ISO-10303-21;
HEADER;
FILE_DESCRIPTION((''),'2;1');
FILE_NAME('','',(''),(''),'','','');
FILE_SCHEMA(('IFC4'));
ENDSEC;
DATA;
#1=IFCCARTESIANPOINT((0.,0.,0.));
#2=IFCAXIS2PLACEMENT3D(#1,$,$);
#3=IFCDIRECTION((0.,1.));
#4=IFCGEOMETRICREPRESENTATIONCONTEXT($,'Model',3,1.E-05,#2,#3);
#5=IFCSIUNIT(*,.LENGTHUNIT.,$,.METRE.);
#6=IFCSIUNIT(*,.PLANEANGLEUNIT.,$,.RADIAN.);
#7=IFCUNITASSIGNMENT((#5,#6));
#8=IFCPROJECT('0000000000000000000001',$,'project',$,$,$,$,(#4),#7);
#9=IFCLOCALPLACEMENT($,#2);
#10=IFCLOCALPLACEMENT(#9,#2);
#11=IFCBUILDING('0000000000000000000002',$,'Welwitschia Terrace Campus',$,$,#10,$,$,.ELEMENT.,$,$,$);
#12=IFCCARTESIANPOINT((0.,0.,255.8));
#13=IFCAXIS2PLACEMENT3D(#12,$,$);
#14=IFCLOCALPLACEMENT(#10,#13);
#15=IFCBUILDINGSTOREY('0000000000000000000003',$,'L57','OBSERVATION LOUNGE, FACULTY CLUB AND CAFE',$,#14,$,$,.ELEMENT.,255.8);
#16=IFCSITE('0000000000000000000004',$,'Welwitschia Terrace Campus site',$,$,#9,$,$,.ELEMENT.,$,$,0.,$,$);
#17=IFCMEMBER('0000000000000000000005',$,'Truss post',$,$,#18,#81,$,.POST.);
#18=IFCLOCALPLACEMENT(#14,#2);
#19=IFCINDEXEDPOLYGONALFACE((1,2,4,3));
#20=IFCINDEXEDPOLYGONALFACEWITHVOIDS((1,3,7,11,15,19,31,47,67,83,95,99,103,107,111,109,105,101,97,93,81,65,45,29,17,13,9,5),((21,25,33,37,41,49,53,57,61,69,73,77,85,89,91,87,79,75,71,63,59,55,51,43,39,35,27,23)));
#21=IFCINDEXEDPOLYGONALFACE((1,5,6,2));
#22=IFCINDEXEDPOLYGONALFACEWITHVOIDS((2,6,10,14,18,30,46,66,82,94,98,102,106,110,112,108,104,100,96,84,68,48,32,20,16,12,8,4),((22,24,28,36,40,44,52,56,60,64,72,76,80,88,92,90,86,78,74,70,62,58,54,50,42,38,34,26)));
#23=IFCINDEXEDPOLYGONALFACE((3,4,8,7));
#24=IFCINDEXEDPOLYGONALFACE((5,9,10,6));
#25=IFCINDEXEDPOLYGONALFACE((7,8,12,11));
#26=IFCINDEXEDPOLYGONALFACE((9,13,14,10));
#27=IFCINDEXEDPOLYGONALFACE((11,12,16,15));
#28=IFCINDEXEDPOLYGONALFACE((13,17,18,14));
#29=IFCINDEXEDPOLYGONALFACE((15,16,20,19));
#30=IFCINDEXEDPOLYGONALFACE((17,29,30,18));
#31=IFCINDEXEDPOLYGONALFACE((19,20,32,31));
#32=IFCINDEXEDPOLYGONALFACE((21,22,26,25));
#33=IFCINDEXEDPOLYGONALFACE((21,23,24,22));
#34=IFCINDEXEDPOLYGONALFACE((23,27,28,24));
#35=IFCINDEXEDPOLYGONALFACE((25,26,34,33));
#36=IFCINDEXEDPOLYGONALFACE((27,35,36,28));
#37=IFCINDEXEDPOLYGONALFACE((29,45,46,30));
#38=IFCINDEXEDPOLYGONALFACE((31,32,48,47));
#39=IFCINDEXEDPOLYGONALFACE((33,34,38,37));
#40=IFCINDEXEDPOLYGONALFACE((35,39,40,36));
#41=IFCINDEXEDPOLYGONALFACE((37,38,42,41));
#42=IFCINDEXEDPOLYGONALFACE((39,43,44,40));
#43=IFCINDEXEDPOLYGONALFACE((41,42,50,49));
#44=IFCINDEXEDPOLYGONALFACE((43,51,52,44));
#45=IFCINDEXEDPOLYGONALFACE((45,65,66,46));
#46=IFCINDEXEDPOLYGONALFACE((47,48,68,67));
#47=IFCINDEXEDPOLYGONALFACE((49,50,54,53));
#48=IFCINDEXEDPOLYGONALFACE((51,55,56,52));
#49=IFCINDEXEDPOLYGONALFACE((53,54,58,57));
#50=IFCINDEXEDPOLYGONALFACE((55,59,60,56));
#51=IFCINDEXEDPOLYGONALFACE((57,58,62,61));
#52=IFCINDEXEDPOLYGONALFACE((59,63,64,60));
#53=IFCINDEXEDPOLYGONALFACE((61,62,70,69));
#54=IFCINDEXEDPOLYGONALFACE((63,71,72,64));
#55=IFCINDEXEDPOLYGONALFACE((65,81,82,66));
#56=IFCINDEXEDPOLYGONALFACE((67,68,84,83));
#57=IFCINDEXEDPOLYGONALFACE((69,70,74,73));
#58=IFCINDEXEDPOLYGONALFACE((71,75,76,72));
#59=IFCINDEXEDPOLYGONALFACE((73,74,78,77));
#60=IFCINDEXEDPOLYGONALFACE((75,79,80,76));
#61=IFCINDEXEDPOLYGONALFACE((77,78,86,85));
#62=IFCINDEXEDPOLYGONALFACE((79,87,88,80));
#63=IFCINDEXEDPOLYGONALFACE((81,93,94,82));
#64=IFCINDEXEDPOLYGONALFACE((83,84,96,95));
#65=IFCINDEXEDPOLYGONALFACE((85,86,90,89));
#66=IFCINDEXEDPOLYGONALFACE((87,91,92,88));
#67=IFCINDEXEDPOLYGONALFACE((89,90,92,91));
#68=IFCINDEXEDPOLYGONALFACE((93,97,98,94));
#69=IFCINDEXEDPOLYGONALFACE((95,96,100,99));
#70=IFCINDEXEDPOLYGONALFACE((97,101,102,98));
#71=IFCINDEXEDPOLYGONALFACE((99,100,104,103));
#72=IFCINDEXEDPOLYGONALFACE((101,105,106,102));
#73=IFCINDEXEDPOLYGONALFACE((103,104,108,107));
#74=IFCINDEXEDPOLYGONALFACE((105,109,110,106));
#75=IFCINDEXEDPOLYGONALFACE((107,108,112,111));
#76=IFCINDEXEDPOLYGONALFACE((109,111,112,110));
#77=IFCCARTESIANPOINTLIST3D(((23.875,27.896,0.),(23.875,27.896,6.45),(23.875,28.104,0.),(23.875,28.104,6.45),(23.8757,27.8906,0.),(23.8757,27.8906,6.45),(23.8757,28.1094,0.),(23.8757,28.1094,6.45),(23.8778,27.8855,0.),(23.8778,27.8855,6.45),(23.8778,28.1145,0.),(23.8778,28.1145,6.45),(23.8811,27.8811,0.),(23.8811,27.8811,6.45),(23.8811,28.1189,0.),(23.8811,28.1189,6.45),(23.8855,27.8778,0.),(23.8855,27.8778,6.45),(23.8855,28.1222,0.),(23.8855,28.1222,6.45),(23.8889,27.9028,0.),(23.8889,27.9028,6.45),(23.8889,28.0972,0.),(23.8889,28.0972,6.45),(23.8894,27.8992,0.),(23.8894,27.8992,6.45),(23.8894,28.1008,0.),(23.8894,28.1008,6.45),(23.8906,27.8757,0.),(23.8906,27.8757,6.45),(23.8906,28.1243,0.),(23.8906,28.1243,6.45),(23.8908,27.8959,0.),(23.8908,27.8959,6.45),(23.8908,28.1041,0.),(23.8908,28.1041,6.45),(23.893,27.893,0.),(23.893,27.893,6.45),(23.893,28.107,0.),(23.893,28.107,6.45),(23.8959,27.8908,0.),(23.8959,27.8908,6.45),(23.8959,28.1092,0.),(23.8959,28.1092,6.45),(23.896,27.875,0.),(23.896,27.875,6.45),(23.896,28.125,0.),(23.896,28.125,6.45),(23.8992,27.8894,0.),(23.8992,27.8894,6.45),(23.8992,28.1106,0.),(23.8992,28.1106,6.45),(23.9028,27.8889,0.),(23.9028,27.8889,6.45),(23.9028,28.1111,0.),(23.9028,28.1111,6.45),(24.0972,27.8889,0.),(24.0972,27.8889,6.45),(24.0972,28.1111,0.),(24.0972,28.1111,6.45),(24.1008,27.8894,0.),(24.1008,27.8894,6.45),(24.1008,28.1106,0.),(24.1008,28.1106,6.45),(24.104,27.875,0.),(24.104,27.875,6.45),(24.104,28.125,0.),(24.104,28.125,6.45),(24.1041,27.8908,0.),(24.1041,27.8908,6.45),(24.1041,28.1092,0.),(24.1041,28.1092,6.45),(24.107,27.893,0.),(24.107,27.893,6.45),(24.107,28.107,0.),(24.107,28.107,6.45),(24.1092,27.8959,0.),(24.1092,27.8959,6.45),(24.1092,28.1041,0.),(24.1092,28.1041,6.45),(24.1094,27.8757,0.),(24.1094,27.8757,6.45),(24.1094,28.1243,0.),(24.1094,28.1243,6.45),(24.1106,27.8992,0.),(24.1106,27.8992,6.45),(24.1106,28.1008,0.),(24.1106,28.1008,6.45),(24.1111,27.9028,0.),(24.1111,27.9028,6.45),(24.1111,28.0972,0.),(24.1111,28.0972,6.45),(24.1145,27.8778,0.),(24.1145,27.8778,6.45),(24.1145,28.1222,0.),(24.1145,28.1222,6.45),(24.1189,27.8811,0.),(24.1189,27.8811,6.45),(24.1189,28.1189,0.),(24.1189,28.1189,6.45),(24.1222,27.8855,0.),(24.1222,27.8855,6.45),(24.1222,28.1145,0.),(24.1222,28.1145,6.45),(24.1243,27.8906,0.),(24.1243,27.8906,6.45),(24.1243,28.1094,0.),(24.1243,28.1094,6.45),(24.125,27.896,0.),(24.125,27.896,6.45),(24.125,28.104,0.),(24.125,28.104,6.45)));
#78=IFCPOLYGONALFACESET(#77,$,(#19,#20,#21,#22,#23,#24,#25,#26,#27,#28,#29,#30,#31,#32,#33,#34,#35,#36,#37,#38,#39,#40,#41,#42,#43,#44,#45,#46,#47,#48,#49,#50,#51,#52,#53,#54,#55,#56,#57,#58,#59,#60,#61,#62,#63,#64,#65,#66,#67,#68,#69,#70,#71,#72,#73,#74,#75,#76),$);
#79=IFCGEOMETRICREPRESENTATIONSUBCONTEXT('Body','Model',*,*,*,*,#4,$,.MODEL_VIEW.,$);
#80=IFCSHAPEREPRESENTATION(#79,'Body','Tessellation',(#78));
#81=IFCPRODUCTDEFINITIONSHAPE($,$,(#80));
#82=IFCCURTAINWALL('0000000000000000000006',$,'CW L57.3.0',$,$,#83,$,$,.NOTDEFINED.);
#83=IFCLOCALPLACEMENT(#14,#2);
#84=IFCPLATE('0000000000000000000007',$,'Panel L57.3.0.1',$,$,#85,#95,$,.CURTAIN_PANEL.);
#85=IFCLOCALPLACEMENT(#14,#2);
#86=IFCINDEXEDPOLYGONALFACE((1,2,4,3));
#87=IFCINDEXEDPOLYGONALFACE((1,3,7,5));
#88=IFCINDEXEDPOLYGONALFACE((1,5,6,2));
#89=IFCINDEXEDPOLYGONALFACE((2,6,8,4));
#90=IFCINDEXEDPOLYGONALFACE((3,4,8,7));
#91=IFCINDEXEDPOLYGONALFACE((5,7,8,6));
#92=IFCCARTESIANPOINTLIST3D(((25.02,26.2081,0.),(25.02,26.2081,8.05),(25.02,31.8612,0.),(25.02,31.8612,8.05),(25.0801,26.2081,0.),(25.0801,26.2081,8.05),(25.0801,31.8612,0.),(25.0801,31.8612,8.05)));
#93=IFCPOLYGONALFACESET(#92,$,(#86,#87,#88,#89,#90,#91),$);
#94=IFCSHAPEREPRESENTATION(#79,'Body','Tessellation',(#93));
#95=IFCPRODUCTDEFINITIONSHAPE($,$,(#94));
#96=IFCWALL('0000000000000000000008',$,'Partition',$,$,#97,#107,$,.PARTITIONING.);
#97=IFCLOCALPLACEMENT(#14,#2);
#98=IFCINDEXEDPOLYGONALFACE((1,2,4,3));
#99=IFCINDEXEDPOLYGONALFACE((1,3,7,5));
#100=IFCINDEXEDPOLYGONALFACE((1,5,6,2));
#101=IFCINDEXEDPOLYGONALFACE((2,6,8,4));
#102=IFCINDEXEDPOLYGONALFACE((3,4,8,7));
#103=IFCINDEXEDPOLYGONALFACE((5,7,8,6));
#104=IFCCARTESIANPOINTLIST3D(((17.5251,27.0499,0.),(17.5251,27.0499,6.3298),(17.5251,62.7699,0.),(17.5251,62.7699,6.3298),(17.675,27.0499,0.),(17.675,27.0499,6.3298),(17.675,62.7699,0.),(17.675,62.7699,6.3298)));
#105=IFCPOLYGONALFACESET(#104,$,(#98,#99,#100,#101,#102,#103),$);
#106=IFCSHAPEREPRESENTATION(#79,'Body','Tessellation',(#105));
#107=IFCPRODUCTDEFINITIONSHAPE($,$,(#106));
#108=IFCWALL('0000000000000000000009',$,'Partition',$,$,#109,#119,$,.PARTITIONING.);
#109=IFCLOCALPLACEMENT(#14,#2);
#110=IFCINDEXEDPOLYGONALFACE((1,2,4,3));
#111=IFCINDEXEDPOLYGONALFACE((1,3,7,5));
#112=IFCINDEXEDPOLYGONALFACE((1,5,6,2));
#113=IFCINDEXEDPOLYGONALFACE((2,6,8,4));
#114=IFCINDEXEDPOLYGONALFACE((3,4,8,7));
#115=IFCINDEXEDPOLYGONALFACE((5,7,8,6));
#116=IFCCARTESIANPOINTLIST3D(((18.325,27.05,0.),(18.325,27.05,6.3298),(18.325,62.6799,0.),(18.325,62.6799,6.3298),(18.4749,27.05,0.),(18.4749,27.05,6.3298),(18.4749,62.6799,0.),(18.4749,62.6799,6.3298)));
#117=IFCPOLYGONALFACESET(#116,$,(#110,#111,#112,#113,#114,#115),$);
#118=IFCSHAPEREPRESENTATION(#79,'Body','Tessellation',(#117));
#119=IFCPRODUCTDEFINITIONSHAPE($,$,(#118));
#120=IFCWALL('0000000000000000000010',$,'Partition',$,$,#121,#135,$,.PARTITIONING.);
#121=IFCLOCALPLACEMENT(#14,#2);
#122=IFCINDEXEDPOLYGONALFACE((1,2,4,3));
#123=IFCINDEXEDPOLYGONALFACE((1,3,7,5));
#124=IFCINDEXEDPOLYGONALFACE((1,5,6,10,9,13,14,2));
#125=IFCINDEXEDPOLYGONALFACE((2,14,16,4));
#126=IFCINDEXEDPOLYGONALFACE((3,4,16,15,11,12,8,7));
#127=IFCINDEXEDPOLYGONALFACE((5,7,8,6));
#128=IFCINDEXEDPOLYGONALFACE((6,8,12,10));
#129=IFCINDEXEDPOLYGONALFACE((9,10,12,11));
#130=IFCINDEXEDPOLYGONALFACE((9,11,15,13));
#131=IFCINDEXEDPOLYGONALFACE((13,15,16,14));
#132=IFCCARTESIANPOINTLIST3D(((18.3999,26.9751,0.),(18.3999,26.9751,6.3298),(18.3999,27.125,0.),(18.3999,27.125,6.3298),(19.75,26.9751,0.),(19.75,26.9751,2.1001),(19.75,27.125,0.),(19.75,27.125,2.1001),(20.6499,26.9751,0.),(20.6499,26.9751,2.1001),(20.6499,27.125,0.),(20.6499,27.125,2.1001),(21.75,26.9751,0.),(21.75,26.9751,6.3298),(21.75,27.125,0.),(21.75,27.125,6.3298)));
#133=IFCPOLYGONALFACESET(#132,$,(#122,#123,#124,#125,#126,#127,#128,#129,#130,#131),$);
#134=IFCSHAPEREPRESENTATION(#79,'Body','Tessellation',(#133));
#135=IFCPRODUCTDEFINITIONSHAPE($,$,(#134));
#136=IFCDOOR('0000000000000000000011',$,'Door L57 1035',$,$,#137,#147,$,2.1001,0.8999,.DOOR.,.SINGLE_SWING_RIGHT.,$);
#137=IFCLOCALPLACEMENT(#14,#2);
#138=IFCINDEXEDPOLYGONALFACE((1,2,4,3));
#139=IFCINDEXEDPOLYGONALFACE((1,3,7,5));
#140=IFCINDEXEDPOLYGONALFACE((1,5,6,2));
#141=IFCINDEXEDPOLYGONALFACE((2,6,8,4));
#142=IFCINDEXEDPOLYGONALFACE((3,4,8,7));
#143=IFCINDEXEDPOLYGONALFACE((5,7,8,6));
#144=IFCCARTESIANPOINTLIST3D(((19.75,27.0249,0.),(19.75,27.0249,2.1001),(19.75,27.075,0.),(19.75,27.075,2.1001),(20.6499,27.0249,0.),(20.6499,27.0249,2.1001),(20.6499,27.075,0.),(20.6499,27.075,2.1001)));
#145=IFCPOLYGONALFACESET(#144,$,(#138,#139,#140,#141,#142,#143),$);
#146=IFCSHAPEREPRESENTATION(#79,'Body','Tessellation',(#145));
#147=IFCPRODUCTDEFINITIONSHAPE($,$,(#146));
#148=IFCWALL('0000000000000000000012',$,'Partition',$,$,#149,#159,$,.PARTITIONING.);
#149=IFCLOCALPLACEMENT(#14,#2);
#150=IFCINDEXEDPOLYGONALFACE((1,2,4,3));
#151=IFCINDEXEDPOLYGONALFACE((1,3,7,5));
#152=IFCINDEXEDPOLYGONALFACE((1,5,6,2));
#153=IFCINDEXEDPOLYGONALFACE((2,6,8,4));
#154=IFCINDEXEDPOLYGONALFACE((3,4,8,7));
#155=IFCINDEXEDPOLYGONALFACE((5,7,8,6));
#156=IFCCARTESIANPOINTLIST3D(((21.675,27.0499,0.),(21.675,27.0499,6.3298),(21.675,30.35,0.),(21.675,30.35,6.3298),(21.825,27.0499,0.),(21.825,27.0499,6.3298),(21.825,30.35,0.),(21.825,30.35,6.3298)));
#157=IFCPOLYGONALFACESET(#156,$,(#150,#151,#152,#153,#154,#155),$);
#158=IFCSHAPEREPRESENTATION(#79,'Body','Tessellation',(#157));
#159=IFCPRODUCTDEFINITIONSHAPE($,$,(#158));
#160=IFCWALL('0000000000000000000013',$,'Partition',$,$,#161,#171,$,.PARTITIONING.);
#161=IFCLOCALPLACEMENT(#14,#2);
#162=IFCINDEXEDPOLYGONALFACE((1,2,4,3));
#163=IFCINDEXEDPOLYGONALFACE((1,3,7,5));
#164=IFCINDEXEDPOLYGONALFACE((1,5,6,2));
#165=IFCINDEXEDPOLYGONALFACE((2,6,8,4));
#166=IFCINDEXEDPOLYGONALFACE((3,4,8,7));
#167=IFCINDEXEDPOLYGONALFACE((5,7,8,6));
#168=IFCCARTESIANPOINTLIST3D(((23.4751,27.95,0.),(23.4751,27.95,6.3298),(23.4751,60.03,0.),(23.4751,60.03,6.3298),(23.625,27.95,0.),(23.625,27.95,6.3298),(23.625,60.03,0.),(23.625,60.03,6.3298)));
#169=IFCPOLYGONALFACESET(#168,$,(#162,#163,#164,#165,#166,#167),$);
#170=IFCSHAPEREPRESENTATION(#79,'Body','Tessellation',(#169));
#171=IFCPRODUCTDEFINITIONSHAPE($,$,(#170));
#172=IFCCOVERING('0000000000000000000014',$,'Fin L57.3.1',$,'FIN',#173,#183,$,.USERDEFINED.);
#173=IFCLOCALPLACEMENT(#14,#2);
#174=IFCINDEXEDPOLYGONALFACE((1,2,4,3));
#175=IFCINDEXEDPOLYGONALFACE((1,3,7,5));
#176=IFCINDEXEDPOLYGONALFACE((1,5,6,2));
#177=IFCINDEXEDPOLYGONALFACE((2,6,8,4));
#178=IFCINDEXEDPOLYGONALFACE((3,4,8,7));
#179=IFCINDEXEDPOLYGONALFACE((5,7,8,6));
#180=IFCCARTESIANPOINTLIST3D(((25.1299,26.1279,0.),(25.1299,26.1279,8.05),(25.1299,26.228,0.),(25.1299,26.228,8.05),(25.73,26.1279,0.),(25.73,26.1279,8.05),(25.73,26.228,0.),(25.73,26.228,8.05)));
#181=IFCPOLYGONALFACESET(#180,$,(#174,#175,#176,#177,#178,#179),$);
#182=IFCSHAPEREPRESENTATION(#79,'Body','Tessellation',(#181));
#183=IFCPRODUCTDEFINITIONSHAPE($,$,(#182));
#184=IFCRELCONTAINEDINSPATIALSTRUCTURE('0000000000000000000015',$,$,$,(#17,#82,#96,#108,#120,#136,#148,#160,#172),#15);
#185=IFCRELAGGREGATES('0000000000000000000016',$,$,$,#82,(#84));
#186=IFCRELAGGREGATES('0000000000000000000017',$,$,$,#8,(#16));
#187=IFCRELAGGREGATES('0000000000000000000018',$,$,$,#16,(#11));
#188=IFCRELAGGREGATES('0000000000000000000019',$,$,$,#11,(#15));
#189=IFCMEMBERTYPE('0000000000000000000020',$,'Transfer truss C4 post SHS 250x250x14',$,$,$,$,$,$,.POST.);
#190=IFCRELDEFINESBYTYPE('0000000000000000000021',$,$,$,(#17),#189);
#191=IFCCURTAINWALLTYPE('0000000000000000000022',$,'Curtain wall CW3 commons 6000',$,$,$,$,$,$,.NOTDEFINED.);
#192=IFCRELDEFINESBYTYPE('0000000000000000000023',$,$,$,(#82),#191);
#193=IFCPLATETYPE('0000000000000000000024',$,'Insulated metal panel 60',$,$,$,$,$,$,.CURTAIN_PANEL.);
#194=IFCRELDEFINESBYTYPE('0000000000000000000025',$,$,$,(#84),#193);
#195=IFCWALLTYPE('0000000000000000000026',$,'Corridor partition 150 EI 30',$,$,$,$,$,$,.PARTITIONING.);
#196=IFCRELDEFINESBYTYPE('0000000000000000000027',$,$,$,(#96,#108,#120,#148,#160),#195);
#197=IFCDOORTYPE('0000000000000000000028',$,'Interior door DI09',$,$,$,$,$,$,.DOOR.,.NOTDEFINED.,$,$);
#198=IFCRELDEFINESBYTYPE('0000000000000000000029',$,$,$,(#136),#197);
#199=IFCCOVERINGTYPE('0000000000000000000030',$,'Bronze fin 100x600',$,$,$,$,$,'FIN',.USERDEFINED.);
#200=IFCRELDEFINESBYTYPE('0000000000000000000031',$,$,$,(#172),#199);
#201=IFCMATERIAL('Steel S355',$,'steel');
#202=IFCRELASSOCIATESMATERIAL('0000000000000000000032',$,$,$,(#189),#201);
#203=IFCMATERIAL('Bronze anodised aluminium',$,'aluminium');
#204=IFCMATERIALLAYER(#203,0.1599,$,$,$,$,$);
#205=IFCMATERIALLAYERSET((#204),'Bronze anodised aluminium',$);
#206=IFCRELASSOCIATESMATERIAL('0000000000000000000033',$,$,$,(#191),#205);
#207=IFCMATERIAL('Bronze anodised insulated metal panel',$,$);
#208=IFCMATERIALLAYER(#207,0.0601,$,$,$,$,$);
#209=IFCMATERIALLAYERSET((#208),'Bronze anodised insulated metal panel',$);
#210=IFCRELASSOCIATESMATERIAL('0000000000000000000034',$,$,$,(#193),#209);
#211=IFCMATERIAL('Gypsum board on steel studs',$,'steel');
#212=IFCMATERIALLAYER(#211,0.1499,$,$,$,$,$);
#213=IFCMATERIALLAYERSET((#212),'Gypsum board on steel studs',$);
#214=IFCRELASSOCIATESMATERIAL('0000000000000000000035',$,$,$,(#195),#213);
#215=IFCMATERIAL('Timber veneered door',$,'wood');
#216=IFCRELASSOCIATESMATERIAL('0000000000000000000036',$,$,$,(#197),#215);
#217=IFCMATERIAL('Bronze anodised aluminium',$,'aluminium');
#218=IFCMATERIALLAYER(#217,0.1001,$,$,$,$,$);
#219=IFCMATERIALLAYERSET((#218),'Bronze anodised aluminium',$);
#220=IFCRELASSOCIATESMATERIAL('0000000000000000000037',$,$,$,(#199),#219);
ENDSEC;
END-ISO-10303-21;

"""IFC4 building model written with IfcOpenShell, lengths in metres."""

from ifc_helpers import new_model, si_unit, direction, frame, frame_2d, origin, origin_2d, place, context, subcontext, project, spatial, rectangle, hollow_rectangle, extrude, material, layer, layer_set, material_profile, profile_set, type_object, element, fill, aggregate, save


model = new_model("IFC4")

# Units and contexts
model_context = context("Model", 3, precision=1e-05, world=origin(), true_north=direction((0.0, 1.0)))
body_context = subcontext(model_context, "Body", "Model", "MODEL_VIEW")
ifc_project = project(units=[si_unit("LENGTHUNIT", "METRE"), si_unit("PLANEANGLEUNIT", "RADIAN")], contexts=[model_context])

# Site, building, storey
site_placement = place(None, origin())
site = spatial("IfcSite", under=ifc_project, at=site_placement, Name="Welwitschia Terrace Campus site", CompositionType="ELEMENT", RefElevation=0.0)
building_placement = place(site_placement, origin())
building = spatial("IfcBuilding", under=site, at=building_placement, Name="Welwitschia Terrace Campus", CompositionType="ELEMENT")
storey_placement = place(building_placement, frame((0.0, 0.0, 255.8)))
storey = spatial("IfcBuildingStorey", under=building, at=storey_placement, Name="L57", Description="OBSERVATION LOUNGE, FACULTY CLUB AND CAFE", CompositionType="ELEMENT", Elevation=255.8)

# Member
ifc_material_1 = material(Name="Steel S355", Category="steel")
ifc_material_profile_1 = material_profile(ifc_material_1, hollow_rectangle(XDim=0.25, YDim=0.25, WallThickness=0.0139, InnerFilletRadius=0.0139, OuterFilletRadius=0.021, at=origin_2d()))
ifc_profile_set_1 = profile_set([ifc_material_profile_1], Name="Steel S355")
member_type_1 = type_object("IfcMemberType", Name="Transfer truss C4 post SHS 250x250x14", PredefinedType="POST", material=ifc_profile_set_1)
for number, where, z_axis, x_axis, name in (
    (1, (24.0, 28.0, 0.0), (0.0, 0.0, 1.0), (1.0, 0.0, 0.0), "Truss post"),
):
    element("IfcMember", number, at=place(storey_placement, frame(where, z_axis=z_axis, x_axis=x_axis)), inside=storey, type_object=member_type_1, Name=name, PredefinedType="POST", context=body_context, shape_type="SweptSolid", body=[
        extrude(hollow_rectangle(XDim=0.25, YDim=0.25, WallThickness=0.0139, InnerFilletRadius=0.0139, OuterFilletRadius=0.021, at=origin_2d()), origin(), (0.0, 0.0, 1.0), 6.45),
    ])

# Curtain wall, plate
ifc_material_2 = material(Name="Bronze anodised aluminium", Category="aluminium")
ifc_layer_1 = layer(ifc_material_2, 0.1599)
ifc_layer_set_1 = layer_set([ifc_layer_1], Name="Bronze anodised aluminium")
curtain_wall_type = type_object("IfcCurtainWallType", Name="Curtain wall CW3 commons 6000", PredefinedType="NOTDEFINED", material=ifc_layer_set_1)
curtain_wall_placement = place(storey_placement, origin())
curtain_wall = element("IfcCurtainWall", 2, at=curtain_wall_placement, inside=storey, type_object=curtain_wall_type, Name="CW L57.3.0", PredefinedType="NOTDEFINED")
ifc_material_3 = material(Name="Bronze anodised insulated metal panel")
ifc_layer_2 = layer(ifc_material_3, 0.0601)
ifc_layer_set_2 = layer_set([ifc_layer_2], Name="Bronze anodised insulated metal panel")
plate_type = type_object("IfcPlateType", Name="Insulated metal panel 60", PredefinedType="CURTAIN_PANEL", material=ifc_layer_set_2)
plate_placement = place(storey_placement, frame((25.05, 29.0347, 0.0), z_axis=(0.0, 0.0, 1.0), x_axis=(0.0, 1.0, 0.0)))
plate = element("IfcPlate", 3, at=plate_placement, type_object=plate_type, Name="Panel L57.3.0.1", PredefinedType="CURTAIN_PANEL", context=body_context, shape_type="SweptSolid", body=[
    extrude(rectangle(XDim=5.6531, YDim=0.0601, at=origin_2d()), origin(), (0.0, 0.0, 1.0), 8.05),
])
aggregate(curtain_wall, [plate])

# Walls
ifc_material_4 = material(Name="Gypsum board on steel studs", Category="steel")
ifc_layer_3 = layer(ifc_material_4, 0.1499)
ifc_layer_set_3 = layer_set([ifc_layer_3], Name="Gypsum board on steel studs")
wall_type = type_object("IfcWallType", Name="Corridor partition 150 EI 30", PredefinedType="PARTITIONING", material=ifc_layer_set_3)
wall_1_placement = place(storey_placement, frame((17.6001, 27.05, 0.0), z_axis=(0.0, 0.0, 1.0), x_axis=(0.0, 1.0, 0.0)))
element("IfcWall", 4, at=wall_1_placement, inside=storey, type_object=wall_type, Name="Partition", PredefinedType="PARTITIONING", context=body_context, shape_type="SweptSolid", body=[
    extrude(rectangle(XDim=35.72, YDim=0.1499, at=frame_2d((17.8599, 0.0))), origin(), (0.0, 0.0, 1.0), 6.3298),
])
wall_2_placement = place(storey_placement, frame((18.3999, 27.05, 0.0), z_axis=(0.0, 0.0, 1.0), x_axis=(0.0, 1.0, 0.0)))
element("IfcWall", 5, at=wall_2_placement, inside=storey, type_object=wall_type, Name="Partition", PredefinedType="PARTITIONING", context=body_context, shape_type="SweptSolid", body=[
    extrude(rectangle(XDim=35.6299, YDim=0.1499, at=frame_2d((17.8149, 0.0))), origin(), (0.0, 0.0, 1.0), 6.3298),
])

# Wall, opening, door
wall_3_placement = place(storey_placement, frame((18.3999, 27.05, 0.0), z_axis=(0.0, 0.0, 1.0), x_axis=(1.0, 0.0, 0.0)))
wall_3 = element("IfcWall", 6, at=wall_3_placement, inside=storey, type_object=wall_type, Name="Partition", PredefinedType="PARTITIONING", context=body_context, shape_type="SweptSolid", body=[
    extrude(rectangle(XDim=3.3501, YDim=0.1499, at=frame_2d((1.675, 0.0))), origin(), (0.0, 0.0, 1.0), 6.3298),
])
opening_placement = place(wall_3_placement, frame((1.3501, 0.0, 0.0)))
opening = element("IfcOpeningElement", 7, at=opening_placement, cuts=wall_3, PredefinedType="OPENING", context=body_context, shape_type="SweptSolid", body=[
    extrude(rectangle(XDim=0.8999, YDim=2.1001, at=frame_2d((0.45, 1.05))), frame((0.0, 0.085, 0.0), z_axis=(0.0, -1.0, 0.0), x_axis=(1.0, 0.0, 0.0)), (0.0, 0.0, 1.0), 0.1699),
])
ifc_material_5 = material(Name="Timber veneered door", Category="wood")
door_type = type_object("IfcDoorType", Name="Interior door DI09", OperationType="NOTDEFINED", PredefinedType="DOOR", material=ifc_material_5)
door_placement = place(opening_placement, origin())
door = element("IfcDoor", 8, at=door_placement, inside=storey, type_object=door_type, Name="Door L57 1035", OperationType="SINGLE_SWING_RIGHT", OverallHeight=2.1001, OverallWidth=0.8999, PredefinedType="DOOR", context=body_context, shape_type="SweptSolid", body=[
    extrude(rectangle(XDim=0.8999, YDim=2.1001, at=frame_2d((0.45, 1.05))), frame((0.0, 0.0249, 0.0), z_axis=(0.0, -1.0, 0.0), x_axis=(1.0, 0.0, 0.0)), (0.0, 0.0, 1.0), 0.05),
])
fill(opening, door)

# Walls
wall_4_placement = place(storey_placement, frame((21.75, 27.05, 0.0), z_axis=(0.0, 0.0, 1.0), x_axis=(0.0, 1.0, 0.0)))
element("IfcWall", 9, at=wall_4_placement, inside=storey, type_object=wall_type, Name="Partition", PredefinedType="PARTITIONING", context=body_context, shape_type="SweptSolid", body=[
    extrude(rectangle(XDim=3.3, YDim=0.1499, at=frame_2d((1.6499, 0.0))), origin(), (0.0, 0.0, 1.0), 6.3298),
])
wall_5_placement = place(storey_placement, frame((23.55, 27.95, 0.0), z_axis=(0.0, 0.0, 1.0), x_axis=(0.0, 1.0, 0.0)))
element("IfcWall", 10, at=wall_5_placement, inside=storey, type_object=wall_type, Name="Partition", PredefinedType="PARTITIONING", context=body_context, shape_type="SweptSolid", body=[
    extrude(rectangle(XDim=32.0801, YDim=0.1499, at=frame_2d((16.04, 0.0))), origin(), (0.0, 0.0, 1.0), 6.3298),
])

# Covering
ifc_material_6 = material(Name="Bronze anodised aluminium", Category="aluminium")
ifc_layer_4 = layer(ifc_material_6, 0.1001)
ifc_layer_set_4 = layer_set([ifc_layer_4], Name="Bronze anodised aluminium")
covering_type = type_object("IfcCoveringType", Name="Bronze fin 100x600", ElementType="FIN", PredefinedType="USERDEFINED", material=ifc_layer_set_4)
covering_placement = place(storey_placement, frame((25.4299, 26.178, 0.0), z_axis=(0.0, 0.0, 1.0), x_axis=(0.0, 1.0, 0.0)))
element("IfcCovering", 11, at=covering_placement, inside=storey, type_object=covering_type, Name="Fin L57.3.1", ObjectType="FIN", PredefinedType="USERDEFINED", context=body_context, shape_type="SweptSolid", body=[
    extrude(rectangle(XDim=0.1001, YDim=0.6001, at=origin_2d()), origin(), (0.0, 0.0, 1.0), 8.05),
])

save(model, "model.ifc")
